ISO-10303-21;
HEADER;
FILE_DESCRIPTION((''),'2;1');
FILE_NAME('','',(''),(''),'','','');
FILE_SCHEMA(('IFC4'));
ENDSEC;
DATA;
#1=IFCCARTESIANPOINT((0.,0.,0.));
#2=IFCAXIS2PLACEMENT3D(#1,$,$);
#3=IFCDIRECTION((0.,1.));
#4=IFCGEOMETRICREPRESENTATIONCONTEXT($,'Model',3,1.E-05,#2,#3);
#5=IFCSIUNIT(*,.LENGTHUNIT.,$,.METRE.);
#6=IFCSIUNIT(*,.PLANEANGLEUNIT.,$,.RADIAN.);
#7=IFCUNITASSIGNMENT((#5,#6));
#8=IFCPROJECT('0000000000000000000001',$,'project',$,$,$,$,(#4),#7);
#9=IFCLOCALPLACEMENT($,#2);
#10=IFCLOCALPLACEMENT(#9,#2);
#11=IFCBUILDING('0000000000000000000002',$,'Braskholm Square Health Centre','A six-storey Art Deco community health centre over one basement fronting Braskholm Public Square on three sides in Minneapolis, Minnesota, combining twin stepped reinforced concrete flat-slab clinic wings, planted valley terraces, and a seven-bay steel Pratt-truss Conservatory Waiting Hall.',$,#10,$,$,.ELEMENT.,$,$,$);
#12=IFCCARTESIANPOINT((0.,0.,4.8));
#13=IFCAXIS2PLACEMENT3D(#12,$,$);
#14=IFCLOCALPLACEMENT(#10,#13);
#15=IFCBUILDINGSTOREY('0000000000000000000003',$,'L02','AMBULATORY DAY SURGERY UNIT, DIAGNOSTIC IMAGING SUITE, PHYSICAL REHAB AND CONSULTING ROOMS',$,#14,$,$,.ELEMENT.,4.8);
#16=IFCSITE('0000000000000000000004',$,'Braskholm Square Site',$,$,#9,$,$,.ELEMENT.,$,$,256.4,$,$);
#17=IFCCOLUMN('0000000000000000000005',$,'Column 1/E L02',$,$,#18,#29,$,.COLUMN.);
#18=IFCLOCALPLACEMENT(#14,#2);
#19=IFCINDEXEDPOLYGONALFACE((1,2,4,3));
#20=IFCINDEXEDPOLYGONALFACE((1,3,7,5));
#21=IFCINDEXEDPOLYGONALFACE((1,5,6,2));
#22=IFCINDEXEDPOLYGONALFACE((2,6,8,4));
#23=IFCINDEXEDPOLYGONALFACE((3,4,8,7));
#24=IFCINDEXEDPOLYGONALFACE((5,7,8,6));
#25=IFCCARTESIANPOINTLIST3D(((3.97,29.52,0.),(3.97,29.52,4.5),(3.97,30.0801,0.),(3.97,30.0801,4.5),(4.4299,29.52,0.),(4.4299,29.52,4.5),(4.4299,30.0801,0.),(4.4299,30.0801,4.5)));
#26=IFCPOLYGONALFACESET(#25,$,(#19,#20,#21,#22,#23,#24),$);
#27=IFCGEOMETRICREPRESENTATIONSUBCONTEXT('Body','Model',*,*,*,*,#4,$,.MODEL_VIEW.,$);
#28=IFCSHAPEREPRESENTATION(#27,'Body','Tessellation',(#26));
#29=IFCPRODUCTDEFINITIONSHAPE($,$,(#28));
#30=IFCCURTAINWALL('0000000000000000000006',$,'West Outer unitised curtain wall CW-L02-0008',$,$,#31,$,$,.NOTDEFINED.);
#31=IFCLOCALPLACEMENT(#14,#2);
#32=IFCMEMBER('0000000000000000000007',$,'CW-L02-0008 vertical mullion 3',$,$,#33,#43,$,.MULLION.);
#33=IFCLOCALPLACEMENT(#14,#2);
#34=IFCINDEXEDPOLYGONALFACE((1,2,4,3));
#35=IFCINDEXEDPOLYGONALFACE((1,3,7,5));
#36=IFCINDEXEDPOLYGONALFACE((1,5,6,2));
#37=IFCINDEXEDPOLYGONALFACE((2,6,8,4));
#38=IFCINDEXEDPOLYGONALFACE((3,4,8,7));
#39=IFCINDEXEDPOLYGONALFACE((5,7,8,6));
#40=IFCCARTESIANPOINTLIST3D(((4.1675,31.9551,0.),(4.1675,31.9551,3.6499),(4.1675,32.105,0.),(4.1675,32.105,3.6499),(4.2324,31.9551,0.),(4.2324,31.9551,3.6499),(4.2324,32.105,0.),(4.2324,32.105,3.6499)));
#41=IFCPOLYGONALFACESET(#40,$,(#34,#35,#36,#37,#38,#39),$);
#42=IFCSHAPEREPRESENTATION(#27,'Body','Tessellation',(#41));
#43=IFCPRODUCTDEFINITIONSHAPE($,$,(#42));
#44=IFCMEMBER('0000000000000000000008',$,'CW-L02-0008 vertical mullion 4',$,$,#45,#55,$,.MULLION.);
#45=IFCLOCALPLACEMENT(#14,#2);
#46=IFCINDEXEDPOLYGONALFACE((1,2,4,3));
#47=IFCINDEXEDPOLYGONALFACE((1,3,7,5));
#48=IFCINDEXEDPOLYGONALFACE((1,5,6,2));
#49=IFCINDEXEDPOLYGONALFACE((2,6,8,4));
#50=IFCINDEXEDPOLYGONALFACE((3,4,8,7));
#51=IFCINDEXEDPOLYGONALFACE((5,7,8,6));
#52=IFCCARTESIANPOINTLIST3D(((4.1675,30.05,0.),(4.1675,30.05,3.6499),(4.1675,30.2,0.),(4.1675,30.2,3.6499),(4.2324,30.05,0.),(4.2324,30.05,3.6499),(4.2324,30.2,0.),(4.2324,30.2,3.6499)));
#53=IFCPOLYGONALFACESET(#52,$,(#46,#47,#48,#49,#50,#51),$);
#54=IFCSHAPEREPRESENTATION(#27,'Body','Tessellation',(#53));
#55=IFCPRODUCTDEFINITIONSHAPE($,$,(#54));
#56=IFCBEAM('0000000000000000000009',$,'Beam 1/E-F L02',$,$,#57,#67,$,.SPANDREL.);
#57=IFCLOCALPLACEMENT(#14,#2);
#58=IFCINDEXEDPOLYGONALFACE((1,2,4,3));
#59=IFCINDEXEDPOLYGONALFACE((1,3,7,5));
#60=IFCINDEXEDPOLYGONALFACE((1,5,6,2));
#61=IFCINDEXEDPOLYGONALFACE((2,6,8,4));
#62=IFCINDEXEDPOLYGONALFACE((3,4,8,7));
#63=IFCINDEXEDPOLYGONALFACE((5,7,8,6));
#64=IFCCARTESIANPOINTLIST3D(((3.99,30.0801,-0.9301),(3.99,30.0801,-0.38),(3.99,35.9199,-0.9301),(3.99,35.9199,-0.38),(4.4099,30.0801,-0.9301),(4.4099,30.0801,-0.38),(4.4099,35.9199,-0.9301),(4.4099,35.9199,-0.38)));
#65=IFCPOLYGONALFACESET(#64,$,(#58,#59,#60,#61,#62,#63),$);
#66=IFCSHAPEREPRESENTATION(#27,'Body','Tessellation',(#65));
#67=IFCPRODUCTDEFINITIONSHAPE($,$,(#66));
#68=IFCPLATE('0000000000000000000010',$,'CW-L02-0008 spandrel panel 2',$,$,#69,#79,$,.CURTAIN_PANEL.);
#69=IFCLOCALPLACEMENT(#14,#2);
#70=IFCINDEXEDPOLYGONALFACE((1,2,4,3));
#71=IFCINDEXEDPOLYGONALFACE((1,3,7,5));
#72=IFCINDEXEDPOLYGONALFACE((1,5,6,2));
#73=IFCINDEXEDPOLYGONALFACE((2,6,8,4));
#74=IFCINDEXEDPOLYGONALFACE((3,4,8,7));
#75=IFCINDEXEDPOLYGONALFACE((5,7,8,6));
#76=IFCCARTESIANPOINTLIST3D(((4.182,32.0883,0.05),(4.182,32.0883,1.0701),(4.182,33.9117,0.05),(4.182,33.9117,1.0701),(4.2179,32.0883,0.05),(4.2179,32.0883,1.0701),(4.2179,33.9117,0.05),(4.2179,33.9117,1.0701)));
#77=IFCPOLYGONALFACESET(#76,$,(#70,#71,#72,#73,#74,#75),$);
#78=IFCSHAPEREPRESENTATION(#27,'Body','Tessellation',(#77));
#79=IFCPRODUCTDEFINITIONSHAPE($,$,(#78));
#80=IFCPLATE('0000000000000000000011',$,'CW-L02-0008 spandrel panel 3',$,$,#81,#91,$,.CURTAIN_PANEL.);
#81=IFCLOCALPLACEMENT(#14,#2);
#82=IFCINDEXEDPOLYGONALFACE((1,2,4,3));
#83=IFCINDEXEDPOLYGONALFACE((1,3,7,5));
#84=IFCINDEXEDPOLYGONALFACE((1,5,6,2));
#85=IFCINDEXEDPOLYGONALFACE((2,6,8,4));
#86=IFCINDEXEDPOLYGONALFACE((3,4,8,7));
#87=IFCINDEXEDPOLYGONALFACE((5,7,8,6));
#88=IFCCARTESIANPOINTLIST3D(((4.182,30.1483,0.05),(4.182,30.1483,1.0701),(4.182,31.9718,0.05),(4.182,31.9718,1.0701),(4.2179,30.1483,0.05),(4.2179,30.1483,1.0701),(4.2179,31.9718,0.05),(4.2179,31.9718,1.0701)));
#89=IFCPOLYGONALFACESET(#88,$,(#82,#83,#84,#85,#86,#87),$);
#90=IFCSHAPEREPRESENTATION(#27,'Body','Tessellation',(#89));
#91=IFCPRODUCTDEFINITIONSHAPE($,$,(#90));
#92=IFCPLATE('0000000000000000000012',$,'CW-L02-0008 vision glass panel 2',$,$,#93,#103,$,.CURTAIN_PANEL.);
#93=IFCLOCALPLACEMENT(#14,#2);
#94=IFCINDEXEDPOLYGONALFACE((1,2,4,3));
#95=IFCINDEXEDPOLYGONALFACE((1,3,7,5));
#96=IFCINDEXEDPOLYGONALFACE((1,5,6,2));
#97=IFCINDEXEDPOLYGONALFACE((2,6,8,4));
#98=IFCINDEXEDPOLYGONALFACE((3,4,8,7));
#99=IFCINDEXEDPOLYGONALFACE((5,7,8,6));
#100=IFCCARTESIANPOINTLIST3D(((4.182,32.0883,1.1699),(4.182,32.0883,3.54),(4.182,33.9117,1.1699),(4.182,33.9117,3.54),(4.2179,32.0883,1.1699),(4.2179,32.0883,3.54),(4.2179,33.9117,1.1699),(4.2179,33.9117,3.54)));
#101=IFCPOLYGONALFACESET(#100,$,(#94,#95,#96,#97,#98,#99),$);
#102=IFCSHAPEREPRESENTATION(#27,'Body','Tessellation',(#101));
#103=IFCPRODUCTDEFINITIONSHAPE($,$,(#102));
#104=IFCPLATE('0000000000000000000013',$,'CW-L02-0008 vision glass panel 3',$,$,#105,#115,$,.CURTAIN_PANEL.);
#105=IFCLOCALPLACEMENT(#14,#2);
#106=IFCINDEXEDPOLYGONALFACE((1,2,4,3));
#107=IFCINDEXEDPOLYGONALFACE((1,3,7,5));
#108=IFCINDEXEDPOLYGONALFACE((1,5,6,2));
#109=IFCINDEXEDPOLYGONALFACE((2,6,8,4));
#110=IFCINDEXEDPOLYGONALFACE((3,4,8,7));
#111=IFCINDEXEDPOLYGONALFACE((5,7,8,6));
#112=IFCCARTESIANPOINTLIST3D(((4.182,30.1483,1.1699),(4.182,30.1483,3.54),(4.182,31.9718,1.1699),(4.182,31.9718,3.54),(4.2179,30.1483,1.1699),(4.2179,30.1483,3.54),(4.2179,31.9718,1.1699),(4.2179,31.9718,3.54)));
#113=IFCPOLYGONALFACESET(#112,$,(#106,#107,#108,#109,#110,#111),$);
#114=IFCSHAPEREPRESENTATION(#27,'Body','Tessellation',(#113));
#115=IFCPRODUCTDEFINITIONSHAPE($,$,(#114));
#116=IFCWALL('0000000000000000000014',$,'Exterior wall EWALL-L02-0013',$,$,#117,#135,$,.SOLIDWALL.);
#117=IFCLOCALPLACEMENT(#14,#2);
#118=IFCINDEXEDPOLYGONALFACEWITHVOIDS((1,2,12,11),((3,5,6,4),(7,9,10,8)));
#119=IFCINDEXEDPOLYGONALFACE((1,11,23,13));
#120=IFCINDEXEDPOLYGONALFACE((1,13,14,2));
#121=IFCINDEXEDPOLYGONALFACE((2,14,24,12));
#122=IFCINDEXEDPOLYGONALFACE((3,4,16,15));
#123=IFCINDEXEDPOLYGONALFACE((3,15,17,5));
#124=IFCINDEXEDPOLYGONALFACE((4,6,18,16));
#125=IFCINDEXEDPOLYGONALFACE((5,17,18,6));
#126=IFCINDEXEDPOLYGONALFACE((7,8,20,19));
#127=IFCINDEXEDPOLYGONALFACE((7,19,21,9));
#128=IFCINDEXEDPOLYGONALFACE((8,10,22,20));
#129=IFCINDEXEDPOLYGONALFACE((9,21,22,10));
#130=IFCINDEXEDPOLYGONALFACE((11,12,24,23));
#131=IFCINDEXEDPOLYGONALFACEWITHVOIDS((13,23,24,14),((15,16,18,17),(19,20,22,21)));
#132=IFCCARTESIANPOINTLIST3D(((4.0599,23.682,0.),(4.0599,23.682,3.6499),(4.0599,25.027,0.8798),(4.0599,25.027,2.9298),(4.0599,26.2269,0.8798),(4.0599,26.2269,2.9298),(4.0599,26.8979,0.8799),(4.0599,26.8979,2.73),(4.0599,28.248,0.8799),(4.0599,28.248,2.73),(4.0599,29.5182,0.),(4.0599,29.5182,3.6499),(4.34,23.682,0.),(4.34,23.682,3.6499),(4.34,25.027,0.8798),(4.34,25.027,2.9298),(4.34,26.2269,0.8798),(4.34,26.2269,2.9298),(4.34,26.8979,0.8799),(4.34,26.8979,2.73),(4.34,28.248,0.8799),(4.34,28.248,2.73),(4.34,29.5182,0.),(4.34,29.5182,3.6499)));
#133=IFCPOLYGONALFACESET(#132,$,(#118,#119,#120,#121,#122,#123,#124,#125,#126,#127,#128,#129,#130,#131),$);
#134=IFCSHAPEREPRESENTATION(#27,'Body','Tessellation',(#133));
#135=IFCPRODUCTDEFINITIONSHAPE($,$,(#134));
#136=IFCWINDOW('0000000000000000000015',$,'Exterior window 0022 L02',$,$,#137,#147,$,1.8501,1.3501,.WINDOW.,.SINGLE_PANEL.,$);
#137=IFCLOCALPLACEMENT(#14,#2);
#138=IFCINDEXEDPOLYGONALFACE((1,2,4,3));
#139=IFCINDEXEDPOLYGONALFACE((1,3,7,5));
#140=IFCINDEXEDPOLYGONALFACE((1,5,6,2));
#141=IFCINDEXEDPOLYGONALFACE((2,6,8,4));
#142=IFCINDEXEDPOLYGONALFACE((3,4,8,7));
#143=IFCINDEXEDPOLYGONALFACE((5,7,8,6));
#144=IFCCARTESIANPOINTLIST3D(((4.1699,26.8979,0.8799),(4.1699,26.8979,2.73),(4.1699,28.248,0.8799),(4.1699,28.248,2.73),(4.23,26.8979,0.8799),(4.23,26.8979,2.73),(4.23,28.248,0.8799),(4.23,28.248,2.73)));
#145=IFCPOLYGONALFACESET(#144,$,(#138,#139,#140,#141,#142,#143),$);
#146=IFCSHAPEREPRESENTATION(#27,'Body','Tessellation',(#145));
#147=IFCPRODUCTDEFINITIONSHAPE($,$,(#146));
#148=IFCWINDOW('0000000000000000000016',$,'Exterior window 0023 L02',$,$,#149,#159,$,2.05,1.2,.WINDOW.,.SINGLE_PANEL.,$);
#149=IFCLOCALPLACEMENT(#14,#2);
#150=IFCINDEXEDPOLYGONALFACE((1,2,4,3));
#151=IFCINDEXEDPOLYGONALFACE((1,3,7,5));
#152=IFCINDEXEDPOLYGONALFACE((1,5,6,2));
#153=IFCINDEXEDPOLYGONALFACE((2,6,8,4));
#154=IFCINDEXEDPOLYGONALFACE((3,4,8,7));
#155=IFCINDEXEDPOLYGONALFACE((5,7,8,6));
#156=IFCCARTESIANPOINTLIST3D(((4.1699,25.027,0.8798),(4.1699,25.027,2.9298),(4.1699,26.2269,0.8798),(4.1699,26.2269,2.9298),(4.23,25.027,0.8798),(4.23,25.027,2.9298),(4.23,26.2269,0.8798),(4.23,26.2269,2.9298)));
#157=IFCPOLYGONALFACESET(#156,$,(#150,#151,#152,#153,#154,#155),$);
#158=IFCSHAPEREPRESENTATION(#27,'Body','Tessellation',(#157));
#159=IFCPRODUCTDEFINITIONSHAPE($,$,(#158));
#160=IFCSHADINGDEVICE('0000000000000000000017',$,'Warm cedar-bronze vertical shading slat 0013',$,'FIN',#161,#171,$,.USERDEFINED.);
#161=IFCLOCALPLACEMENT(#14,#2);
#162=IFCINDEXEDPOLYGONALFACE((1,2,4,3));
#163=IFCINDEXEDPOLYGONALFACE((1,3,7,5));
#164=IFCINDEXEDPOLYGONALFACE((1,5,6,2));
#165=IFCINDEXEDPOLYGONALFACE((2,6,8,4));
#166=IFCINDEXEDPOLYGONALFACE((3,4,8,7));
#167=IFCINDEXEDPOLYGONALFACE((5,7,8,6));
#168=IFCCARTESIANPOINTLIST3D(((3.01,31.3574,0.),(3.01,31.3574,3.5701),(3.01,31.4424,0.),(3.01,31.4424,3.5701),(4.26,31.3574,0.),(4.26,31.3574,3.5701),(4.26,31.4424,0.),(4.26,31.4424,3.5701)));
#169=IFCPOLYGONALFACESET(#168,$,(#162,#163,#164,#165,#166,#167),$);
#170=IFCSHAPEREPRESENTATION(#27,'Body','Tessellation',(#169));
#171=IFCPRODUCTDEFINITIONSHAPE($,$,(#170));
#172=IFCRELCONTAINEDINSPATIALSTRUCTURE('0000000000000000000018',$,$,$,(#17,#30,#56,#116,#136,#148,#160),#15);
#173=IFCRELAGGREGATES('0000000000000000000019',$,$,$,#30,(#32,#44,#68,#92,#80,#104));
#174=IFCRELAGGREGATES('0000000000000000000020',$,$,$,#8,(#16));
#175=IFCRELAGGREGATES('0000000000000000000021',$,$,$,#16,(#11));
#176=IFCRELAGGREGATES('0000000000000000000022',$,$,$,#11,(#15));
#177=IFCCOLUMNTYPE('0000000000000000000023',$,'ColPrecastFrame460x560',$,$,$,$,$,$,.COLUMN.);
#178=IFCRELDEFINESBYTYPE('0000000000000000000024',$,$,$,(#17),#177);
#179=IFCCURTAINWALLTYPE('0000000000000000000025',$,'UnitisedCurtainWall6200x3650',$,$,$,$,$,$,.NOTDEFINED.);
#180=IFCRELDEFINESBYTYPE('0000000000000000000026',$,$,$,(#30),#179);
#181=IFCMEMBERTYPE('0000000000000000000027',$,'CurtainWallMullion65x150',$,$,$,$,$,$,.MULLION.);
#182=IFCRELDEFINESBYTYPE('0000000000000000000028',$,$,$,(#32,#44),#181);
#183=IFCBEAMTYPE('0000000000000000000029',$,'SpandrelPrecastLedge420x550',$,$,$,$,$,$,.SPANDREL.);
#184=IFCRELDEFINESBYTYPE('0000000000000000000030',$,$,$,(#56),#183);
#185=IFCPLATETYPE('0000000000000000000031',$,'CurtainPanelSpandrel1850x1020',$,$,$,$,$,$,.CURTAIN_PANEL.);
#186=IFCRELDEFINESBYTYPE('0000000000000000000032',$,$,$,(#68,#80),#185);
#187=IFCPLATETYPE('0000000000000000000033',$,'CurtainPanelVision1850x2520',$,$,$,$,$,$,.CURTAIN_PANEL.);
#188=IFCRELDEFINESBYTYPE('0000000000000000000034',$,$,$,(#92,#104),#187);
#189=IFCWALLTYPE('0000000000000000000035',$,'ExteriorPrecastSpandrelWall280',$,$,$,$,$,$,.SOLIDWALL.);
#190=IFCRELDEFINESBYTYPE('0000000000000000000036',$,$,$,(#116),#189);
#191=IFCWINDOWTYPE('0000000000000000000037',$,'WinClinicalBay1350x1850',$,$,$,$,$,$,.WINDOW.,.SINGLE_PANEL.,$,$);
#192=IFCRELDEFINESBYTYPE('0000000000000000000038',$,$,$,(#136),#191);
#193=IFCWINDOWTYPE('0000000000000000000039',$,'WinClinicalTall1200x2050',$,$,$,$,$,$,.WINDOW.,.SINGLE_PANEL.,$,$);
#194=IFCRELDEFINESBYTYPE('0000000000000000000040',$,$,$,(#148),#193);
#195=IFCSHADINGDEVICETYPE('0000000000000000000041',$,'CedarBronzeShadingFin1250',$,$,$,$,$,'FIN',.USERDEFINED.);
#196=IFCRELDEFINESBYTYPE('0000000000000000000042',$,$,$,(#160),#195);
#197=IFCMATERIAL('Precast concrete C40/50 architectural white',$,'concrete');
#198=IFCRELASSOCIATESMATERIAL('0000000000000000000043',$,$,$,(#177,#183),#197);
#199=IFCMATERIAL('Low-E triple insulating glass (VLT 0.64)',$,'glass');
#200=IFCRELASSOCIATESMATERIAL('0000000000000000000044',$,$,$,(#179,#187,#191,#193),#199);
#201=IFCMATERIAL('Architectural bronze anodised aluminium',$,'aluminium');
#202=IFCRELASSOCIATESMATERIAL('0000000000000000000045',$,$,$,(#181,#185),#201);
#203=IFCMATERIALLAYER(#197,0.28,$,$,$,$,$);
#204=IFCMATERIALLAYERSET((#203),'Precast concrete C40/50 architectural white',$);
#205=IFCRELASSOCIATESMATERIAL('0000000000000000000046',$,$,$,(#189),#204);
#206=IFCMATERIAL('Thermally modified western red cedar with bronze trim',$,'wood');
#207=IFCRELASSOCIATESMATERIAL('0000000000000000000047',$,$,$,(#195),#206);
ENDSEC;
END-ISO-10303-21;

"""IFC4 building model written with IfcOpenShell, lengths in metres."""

from ifc_helpers import new_model, si_unit, direction, frame, frame_2d, origin, origin_with_axes, origin_2d, place, context, subcontext, project, spatial, rectangle, extrude, material, layer, layer_set, material_profile, profile_set, type_object, element, fill, aggregate, save


model = new_model("IFC4")

# Units and contexts
model_context = context("Model", 3, precision=1e-05, world=origin(), true_north=direction((0.0, 1.0)))
body_context = subcontext(model_context, "Body", "Model", "MODEL_VIEW")
ifc_project = project(units=[si_unit("LENGTHUNIT", "METRE"), si_unit("PLANEANGLEUNIT", "RADIAN")], contexts=[model_context])

# Site, building, storey
site_placement = place(None, origin())
site = spatial("IfcSite", under=ifc_project, at=site_placement, Name="Braskholm Square Site", CompositionType="ELEMENT", RefElevation=256.4)
building_placement = place(site_placement, origin())
building = spatial("IfcBuilding", under=site, at=building_placement, Name="Braskholm Square Health Centre", Description="A six-storey Art Deco community health centre over one basement fronting Braskholm Public Square on three sides in Minneapolis, Minnesota, combining twin stepped reinforced concrete flat-slab clinic wings, planted valley terraces, and a seven-bay steel Pratt-truss Conservatory Waiting Hall.", CompositionType="ELEMENT")
storey_placement = place(building_placement, frame((0.0, 0.0, 4.8)))
storey = spatial("IfcBuildingStorey", under=building, at=storey_placement, Name="L02", Description="AMBULATORY DAY SURGERY UNIT, DIAGNOSTIC IMAGING SUITE, PHYSICAL REHAB AND CONSULTING ROOMS", CompositionType="ELEMENT", Elevation=4.8)

# Column
ifc_material_1 = material(Name="Precast concrete C40/50 architectural white", Category="concrete")
ifc_material_profile_1 = material_profile(ifc_material_1, rectangle(XDim=0.46, YDim=0.5601, at=origin_2d()), Name="RC-460X560")
ifc_profile_set_1 = profile_set([ifc_material_profile_1], Name="Precast concrete C40/50 architectural white")
column_type = type_object("IfcColumnType", Name="ColPrecastFrame460x560", PredefinedType="COLUMN", material=ifc_profile_set_1)
column_placement = place(storey_placement, frame((4.2, 29.8, 0.0), z_axis=(0.0, 0.0, 1.0), x_axis=(1.0, 0.0, 0.0)))
element("IfcColumn", 1, at=column_placement, inside=storey, type_object=column_type, Name="Column 1/E L02", PredefinedType="COLUMN", context=body_context, shape_type="SweptSolid", body=[
    extrude(rectangle(XDim=0.46, YDim=0.5601, at=origin_2d()), origin(), (0.0, 0.0, 1.0), 4.5),
])

# Curtain wall, members
ifc_material_2 = material(Name="Low-E triple insulating glass (VLT 0.64)", Category="glass")
curtain_wall_type = type_object("IfcCurtainWallType", Name="UnitisedCurtainWall6200x3650", PredefinedType="NOTDEFINED", material=ifc_material_2)
curtain_wall_placement = place(storey_placement, origin())
curtain_wall = element("IfcCurtainWall", 2, at=curtain_wall_placement, inside=storey, type_object=curtain_wall_type, Name="West Outer unitised curtain wall CW-L02-0008", PredefinedType="NOTDEFINED")
ifc_material_3 = material(Name="Architectural bronze anodised aluminium", Category="aluminium")
ifc_material_profile_2 = material_profile(ifc_material_3, rectangle(XDim=0.0649, YDim=0.1499, at=origin_2d()), Name="ALU-65X150")
ifc_profile_set_2 = profile_set([ifc_material_profile_2], Name="Architectural bronze anodised aluminium")
member_type = type_object("IfcMemberType", Name="CurtainWallMullion65x150", PredefinedType="MULLION", material=ifc_profile_set_2)
member_1_placement = place(storey_placement, frame((4.2, 32.03, 0.0), z_axis=(0.0, 0.0, 1.0), x_axis=(1.0, 0.0, 0.0)))
member_1 = element("IfcMember", 3, at=member_1_placement, type_object=member_type, Name="CW-L02-0008 vertical mullion 3", PredefinedType="MULLION", context=body_context, shape_type="SweptSolid", body=[
    extrude(rectangle(XDim=0.0649, YDim=0.1499, at=origin_2d()), origin(), (0.0, 0.0, 1.0), 3.6499),
])
member_2_placement = place(storey_placement, frame((4.2, 30.125, 0.0), z_axis=(0.0, 0.0, 1.0), x_axis=(1.0, 0.0, 0.0)))
member_2 = element("IfcMember", 4, at=member_2_placement, type_object=member_type, Name="CW-L02-0008 vertical mullion 4", PredefinedType="MULLION", context=body_context, shape_type="SweptSolid", body=[
    extrude(rectangle(XDim=0.0649, YDim=0.1499, at=origin_2d()), origin(), (0.0, 0.0, 1.0), 3.6499),
])

# Beam
ifc_material_profile_3 = material_profile(ifc_material_1, rectangle(XDim=0.4199, YDim=0.55, at=origin_2d()), Name="RCB-420X550")
ifc_profile_set_3 = profile_set([ifc_material_profile_3], Name="Precast concrete C40/50 architectural white")
beam_type = type_object("IfcBeamType", Name="SpandrelPrecastLedge420x550", PredefinedType="SPANDREL", material=ifc_profile_set_3)
beam_placement = place(storey_placement, frame((4.2, 30.0801, -0.655), z_axis=(0.0, 1.0, 0.0), x_axis=(-1.0, 0.0, 0.0)))
element("IfcBeam", 5, at=beam_placement, inside=storey, type_object=beam_type, Name="Beam 1/E-F L02", PredefinedType="SPANDREL", context=body_context, shape_type="SweptSolid", body=[
    extrude(rectangle(XDim=0.4199, YDim=0.55, at=origin_2d()), origin(), (0.0, 0.0, 1.0), 5.8398),
])

# Plates
plate_type_1 = type_object("IfcPlateType", Name="CurtainPanelSpandrel1850x1020", PredefinedType="CURTAIN_PANEL", material=ifc_material_3)
plate_1_placement = place(storey_placement, frame((4.2, 33.0, 0.05), z_axis=(0.0, 0.0, 1.0), x_axis=(0.0, -1.0, 0.0)))
plate_1 = element("IfcPlate", 6, at=plate_1_placement, type_object=plate_type_1, Name="CW-L02-0008 spandrel panel 2", PredefinedType="CURTAIN_PANEL", context=body_context, shape_type="SweptSolid", body=[
    extrude(rectangle(XDim=1.8235, YDim=0.0359, at=origin_2d()), origin(), (0.0, 0.0, 1.0), 1.02),
])
plate_2_placement = place(storey_placement, frame((4.2, 31.0601, 0.05), z_axis=(0.0, 0.0, 1.0), x_axis=(0.0, -1.0, 0.0)))
plate_2 = element("IfcPlate", 7, at=plate_2_placement, type_object=plate_type_1, Name="CW-L02-0008 spandrel panel 3", PredefinedType="CURTAIN_PANEL", context=body_context, shape_type="SweptSolid", body=[
    extrude(rectangle(XDim=1.8235, YDim=0.0359, at=origin_2d()), origin(), (0.0, 0.0, 1.0), 1.02),
])
plate_type_2 = type_object("IfcPlateType", Name="CurtainPanelVision1850x2520", PredefinedType="CURTAIN_PANEL", material=ifc_material_2)
plate_3_placement = place(storey_placement, frame((4.2, 33.0, 1.1699), z_axis=(0.0, 0.0, 1.0), x_axis=(0.0, -1.0, 0.0)))
plate_3 = element("IfcPlate", 8, at=plate_3_placement, type_object=plate_type_2, Name="CW-L02-0008 vision glass panel 2", PredefinedType="CURTAIN_PANEL", context=body_context, shape_type="SweptSolid", body=[
    extrude(rectangle(XDim=1.8235, YDim=0.0359, at=origin_2d()), origin(), (0.0, 0.0, 1.0), 2.3701),
])
plate_4_placement = place(storey_placement, frame((4.2, 31.0601, 1.1699), z_axis=(0.0, 0.0, 1.0), x_axis=(0.0, -1.0, 0.0)))
plate_4 = element("IfcPlate", 9, at=plate_4_placement, type_object=plate_type_2, Name="CW-L02-0008 vision glass panel 3", PredefinedType="CURTAIN_PANEL", context=body_context, shape_type="SweptSolid", body=[
    extrude(rectangle(XDim=1.8235, YDim=0.0359, at=origin_2d()), origin(), (0.0, 0.0, 1.0), 2.3701),
])
aggregate(curtain_wall, [member_1, member_2, plate_1, plate_3, plate_2, plate_4])

# Wall, openings, windows
ifc_layer_1 = layer(ifc_material_1, 0.28)
ifc_layer_set_1 = layer_set([ifc_layer_1], Name="Precast concrete C40/50 architectural white")
wall_type = type_object("IfcWallType", Name="ExteriorPrecastSpandrelWall280", PredefinedType="SOLIDWALL", material=ifc_layer_set_1)
wall_placement = place(storey_placement, frame((4.2, 29.5181, 0.0), z_axis=(0.0, 0.0, 1.0), x_axis=(0.0, -1.0, 0.0)))
wall = element("IfcWall", 10, at=wall_placement, inside=storey, type_object=wall_type, Name="Exterior wall EWALL-L02-0013", PredefinedType="SOLIDWALL", context=body_context, shape_type="SweptSolid", body=[
    extrude(rectangle(XDim=5.8362, YDim=0.28, at=frame_2d((2.918, 0.0))), origin(), (0.0, 0.0, 1.0), 3.6499),
])
opening_1_placement = place(wall_placement, frame((1.27, 0.0, 0.8799)))
opening_1 = element("IfcOpeningElement", 11, at=opening_1_placement, cuts=wall, PredefinedType="OPENING", context=body_context, shape_type="SweptSolid", body=[
    extrude(rectangle(XDim=1.3501, YDim=1.8501, at=frame_2d((0.675, 0.925))), frame((0.0, 0.1499, 0.0), z_axis=(0.0, -1.0, 0.0), x_axis=(1.0, 0.0, 0.0)), (0.0, 0.0, 1.0), 0.3),
])
opening_2_placement = place(wall_placement, frame((3.291, 0.0, 0.8799)))
opening_2 = element("IfcOpeningElement", 12, at=opening_2_placement, cuts=wall, PredefinedType="OPENING", context=body_context, shape_type="SweptSolid", body=[
    extrude(rectangle(XDim=1.2, YDim=2.05, at=frame_2d((0.6001, 1.0249))), frame((0.0, 0.1499, 0.0), z_axis=(0.0, -1.0, 0.0), x_axis=(1.0, 0.0, 0.0)), (0.0, 0.0, 1.0), 0.3),
])
window_type_1 = type_object("IfcWindowType", Name="WinClinicalBay1350x1850", PartitioningType="SINGLE_PANEL", PredefinedType="WINDOW", material=ifc_material_2)
window_1_placement = place(opening_1_placement, origin_with_axes())
window_1 = element("IfcWindow", 13, at=window_1_placement, inside=storey, type_object=window_type_1, Name="Exterior window 0022 L02", OverallHeight=1.8501, OverallWidth=1.3501, PartitioningType="SINGLE_PANEL", PredefinedType="WINDOW", context=body_context, shape_type="SweptSolid", body=[
    extrude(rectangle(XDim=1.3501, YDim=1.8501, at=frame_2d((0.675, 0.925))), frame((0.0, 0.03, 0.0), z_axis=(0.0, -1.0, 0.0), x_axis=(1.0, 0.0, 0.0)), (0.0, 0.0, 1.0), 0.0601),
])
fill(opening_1, window_1)
window_type_2 = type_object("IfcWindowType", Name="WinClinicalTall1200x2050", PartitioningType="SINGLE_PANEL", PredefinedType="WINDOW", material=ifc_material_2)
window_2_placement = place(opening_2_placement, origin_with_axes())
window_2 = element("IfcWindow", 14, at=window_2_placement, inside=storey, type_object=window_type_2, Name="Exterior window 0023 L02", OverallHeight=2.05, OverallWidth=1.2, PartitioningType="SINGLE_PANEL", PredefinedType="WINDOW", context=body_context, shape_type="SweptSolid", body=[
    extrude(rectangle(XDim=1.2, YDim=2.05, at=frame_2d((0.6001, 1.0249))), frame((0.0, 0.03, 0.0), z_axis=(0.0, -1.0, 0.0), x_axis=(1.0, 0.0, 0.0)), (0.0, 0.0, 1.0), 0.0601),
])
fill(opening_2, window_2)

# Shading device
ifc_material_4 = material(Name="Thermally modified western red cedar with bronze trim", Category="wood")
shading_device_type = type_object("IfcShadingDeviceType", Name="CedarBronzeShadingFin1250", ElementType="FIN", PredefinedType="USERDEFINED", material=ifc_material_4)
for number, where, z_axis, x_axis, name in (
    (15, (3.635, 31.3999, 0.0), (0.0, 0.0, 1.0), (1.0, 0.0, 0.0), "Warm cedar-bronze vertical shading slat 0013"),
):
    element("IfcShadingDevice", number, at=place(storey_placement, frame(where, z_axis=z_axis, x_axis=x_axis)), inside=storey, type_object=shading_device_type, Name=name, ObjectType="FIN", PredefinedType="USERDEFINED", context=body_context, shape_type="SweptSolid", body=[
        extrude(rectangle(XDim=1.25, YDim=0.085, at=origin_2d()), origin(), (0.0, 0.0, 1.0), 3.5701),
    ])

save(model, "model.ifc")
